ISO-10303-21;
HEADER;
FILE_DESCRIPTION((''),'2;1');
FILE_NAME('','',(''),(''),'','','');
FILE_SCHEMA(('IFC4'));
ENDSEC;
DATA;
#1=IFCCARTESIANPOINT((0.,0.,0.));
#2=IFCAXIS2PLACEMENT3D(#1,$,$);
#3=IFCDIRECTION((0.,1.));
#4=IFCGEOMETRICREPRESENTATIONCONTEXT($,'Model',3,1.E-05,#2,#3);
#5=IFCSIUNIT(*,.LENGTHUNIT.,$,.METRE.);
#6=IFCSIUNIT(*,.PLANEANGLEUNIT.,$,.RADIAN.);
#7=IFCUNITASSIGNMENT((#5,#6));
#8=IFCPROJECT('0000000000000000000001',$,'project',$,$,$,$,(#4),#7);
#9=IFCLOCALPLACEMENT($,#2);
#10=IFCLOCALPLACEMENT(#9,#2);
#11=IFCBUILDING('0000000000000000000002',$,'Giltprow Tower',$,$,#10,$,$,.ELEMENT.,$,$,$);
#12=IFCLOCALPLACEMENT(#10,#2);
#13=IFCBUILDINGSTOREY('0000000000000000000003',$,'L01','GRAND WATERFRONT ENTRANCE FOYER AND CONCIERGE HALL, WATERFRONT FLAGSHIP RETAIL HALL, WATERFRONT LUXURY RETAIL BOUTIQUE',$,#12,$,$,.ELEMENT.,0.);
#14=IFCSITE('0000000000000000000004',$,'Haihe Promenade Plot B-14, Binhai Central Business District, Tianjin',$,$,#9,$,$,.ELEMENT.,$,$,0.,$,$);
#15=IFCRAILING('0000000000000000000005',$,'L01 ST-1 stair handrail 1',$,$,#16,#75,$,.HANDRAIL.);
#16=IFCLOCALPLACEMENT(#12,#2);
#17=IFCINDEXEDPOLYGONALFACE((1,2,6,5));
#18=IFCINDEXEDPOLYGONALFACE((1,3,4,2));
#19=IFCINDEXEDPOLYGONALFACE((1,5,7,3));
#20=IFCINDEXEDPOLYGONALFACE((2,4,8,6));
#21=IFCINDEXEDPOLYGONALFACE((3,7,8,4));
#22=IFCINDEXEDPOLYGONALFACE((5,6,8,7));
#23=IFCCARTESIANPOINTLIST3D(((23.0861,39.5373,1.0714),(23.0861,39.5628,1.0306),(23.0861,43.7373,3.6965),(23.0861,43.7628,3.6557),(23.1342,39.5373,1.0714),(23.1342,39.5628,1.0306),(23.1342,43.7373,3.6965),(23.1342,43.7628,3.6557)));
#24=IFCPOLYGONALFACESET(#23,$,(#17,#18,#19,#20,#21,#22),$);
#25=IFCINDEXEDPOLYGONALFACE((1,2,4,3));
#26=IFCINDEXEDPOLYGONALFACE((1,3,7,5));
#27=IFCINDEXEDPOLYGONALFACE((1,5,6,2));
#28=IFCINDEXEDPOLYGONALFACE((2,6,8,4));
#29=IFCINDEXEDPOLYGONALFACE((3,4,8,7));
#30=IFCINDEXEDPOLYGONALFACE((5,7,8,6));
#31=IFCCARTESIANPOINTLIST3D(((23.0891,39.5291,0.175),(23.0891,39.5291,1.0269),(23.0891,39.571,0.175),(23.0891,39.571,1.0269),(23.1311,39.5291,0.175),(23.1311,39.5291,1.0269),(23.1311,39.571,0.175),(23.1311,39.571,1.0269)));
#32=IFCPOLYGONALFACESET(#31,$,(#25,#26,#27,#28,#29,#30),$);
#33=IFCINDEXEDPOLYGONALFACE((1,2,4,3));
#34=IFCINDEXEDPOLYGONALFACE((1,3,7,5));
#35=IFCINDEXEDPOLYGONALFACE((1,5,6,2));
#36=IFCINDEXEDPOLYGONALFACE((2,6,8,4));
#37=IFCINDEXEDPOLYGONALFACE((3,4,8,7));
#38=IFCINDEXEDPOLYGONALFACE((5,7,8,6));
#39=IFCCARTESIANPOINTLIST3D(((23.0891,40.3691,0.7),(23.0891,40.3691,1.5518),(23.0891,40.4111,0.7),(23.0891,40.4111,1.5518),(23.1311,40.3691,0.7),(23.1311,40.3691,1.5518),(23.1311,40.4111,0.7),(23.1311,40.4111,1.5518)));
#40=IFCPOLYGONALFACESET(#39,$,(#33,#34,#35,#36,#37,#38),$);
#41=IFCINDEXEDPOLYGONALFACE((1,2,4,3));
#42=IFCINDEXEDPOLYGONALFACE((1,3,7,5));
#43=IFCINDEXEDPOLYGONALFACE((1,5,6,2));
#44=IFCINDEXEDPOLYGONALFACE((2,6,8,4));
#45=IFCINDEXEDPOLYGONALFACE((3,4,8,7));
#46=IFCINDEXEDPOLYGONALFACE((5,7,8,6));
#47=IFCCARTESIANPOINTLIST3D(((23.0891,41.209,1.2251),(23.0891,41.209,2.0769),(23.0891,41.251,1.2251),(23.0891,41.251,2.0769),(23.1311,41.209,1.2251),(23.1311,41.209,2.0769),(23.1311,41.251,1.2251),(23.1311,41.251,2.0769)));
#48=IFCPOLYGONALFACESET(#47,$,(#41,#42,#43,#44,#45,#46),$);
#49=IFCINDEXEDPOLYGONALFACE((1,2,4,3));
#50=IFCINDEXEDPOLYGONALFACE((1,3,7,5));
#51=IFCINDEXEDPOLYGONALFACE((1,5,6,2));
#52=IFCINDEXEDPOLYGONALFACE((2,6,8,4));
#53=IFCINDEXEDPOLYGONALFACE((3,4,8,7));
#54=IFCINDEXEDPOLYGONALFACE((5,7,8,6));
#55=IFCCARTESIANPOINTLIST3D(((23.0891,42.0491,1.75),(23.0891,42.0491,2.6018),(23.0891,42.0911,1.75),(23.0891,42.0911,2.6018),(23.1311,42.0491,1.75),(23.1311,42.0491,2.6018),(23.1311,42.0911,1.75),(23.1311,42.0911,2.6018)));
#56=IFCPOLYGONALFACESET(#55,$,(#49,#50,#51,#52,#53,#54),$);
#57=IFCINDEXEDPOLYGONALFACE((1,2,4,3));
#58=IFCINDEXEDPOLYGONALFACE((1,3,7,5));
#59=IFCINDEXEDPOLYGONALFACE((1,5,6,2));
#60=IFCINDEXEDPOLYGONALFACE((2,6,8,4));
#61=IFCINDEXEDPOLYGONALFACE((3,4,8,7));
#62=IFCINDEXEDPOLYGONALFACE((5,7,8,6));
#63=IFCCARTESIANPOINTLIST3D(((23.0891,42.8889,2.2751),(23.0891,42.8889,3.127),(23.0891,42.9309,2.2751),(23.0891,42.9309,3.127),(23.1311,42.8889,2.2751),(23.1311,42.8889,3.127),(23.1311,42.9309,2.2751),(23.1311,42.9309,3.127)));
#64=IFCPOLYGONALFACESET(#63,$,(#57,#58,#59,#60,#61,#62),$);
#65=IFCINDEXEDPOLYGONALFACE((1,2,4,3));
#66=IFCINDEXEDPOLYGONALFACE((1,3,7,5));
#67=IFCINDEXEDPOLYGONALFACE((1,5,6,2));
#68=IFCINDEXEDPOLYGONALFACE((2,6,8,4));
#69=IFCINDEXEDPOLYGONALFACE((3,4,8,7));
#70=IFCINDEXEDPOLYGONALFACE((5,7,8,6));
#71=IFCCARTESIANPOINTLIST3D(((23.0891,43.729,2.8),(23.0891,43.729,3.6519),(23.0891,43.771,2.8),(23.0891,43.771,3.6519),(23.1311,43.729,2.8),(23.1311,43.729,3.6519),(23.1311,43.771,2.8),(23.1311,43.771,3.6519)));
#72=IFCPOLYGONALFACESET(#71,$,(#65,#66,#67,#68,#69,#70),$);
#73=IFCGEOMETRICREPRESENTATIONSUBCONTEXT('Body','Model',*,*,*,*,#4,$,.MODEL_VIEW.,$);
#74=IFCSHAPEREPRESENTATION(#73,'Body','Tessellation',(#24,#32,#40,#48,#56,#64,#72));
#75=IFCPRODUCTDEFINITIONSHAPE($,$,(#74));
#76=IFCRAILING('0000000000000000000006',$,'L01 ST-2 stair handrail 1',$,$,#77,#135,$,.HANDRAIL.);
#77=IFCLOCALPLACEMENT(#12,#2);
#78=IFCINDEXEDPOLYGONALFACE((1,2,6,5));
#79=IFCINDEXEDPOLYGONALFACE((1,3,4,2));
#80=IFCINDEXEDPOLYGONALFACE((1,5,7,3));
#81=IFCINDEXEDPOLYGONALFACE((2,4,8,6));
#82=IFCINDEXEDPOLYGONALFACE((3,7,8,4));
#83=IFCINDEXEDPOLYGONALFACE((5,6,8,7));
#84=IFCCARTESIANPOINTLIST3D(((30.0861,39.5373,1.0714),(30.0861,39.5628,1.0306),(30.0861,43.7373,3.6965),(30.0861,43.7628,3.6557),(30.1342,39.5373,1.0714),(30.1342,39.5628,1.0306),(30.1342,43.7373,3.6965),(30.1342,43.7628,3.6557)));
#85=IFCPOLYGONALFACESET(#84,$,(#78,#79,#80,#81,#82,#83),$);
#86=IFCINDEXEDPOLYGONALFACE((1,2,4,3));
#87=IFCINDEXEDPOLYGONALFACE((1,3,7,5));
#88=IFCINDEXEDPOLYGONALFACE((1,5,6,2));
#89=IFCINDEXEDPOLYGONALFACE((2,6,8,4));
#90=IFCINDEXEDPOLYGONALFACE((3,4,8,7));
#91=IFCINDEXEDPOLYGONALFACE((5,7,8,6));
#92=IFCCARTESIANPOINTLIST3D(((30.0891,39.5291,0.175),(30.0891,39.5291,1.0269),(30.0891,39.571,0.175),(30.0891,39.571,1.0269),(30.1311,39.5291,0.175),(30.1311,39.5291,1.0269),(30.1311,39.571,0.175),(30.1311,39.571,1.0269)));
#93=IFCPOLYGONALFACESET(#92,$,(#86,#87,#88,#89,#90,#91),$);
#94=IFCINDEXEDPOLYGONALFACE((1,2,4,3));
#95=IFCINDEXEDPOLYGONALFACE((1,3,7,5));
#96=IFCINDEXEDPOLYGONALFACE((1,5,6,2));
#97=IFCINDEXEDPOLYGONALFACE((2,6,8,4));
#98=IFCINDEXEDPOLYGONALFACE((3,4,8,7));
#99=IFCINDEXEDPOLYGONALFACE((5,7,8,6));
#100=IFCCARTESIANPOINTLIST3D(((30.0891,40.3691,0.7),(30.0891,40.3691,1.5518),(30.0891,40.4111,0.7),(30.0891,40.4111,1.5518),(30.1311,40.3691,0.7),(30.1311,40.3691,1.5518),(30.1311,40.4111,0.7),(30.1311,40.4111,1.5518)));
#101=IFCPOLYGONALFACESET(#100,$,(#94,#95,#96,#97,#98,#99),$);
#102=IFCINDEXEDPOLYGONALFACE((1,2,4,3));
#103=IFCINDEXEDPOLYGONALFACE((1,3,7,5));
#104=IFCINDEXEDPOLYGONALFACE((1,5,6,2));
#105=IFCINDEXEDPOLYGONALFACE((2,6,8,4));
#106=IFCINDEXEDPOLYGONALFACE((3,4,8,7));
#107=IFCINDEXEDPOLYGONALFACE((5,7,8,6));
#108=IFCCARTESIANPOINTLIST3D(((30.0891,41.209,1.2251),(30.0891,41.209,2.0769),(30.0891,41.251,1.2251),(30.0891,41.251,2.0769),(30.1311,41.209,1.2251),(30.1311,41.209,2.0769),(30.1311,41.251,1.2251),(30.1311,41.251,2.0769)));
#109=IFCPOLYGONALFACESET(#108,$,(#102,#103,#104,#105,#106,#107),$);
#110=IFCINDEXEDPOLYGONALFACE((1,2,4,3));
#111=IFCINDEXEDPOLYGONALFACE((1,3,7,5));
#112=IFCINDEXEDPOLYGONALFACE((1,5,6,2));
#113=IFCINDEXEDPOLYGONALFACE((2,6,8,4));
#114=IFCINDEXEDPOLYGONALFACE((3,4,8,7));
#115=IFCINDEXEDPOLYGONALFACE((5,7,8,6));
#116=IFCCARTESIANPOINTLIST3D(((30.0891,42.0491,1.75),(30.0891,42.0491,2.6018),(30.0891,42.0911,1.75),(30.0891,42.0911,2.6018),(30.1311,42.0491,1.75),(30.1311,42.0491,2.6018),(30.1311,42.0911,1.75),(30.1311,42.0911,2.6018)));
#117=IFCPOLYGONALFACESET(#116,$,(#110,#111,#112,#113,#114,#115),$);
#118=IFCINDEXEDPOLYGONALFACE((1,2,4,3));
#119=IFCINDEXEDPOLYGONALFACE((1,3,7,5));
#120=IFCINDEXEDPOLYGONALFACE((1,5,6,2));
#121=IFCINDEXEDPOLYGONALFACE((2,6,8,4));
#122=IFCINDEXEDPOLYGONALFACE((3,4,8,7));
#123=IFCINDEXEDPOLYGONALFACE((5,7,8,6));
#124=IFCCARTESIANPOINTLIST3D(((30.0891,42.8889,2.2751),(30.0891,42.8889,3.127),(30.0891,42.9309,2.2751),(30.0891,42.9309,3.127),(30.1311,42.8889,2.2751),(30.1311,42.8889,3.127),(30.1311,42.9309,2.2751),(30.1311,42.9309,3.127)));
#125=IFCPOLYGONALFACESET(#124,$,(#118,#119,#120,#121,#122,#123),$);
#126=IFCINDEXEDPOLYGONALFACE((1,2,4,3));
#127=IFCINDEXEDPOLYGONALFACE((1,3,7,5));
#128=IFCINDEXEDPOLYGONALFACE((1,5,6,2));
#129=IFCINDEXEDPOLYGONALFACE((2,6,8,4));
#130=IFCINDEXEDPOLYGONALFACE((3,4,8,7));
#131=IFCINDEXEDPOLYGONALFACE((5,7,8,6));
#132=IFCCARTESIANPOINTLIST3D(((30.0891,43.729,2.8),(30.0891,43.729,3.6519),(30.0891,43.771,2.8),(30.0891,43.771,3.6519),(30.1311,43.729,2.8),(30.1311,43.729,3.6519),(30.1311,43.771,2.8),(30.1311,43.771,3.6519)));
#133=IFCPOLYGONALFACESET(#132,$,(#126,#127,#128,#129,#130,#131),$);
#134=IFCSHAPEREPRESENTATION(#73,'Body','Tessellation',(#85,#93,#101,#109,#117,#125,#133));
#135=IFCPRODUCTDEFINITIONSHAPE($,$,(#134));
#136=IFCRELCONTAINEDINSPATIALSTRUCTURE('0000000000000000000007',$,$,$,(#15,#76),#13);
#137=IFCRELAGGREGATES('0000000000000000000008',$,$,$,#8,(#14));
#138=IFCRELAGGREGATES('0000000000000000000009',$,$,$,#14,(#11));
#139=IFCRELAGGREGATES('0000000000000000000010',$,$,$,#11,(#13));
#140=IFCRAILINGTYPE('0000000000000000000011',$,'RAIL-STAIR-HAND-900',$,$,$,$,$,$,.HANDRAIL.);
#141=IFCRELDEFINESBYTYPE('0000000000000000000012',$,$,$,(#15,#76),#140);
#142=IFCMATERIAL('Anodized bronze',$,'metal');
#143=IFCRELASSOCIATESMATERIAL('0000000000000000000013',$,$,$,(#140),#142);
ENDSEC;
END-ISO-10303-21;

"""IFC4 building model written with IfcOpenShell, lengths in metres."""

from ifc_helpers import new_model, si_unit, direction, frame, origin, origin_2d, place, context, subcontext, project, spatial, rectangle, extrude, material, type_object, element, save


model = new_model("IFC4")

# Units and contexts
model_context = context("Model", 3, precision=1e-05, world=origin(), true_north=direction((0.0, 1.0)))
body_context = subcontext(model_context, "Body", "Model", "MODEL_VIEW")
ifc_project = project(units=[si_unit("LENGTHUNIT", "METRE"), si_unit("PLANEANGLEUNIT", "RADIAN")], contexts=[model_context])

# Site, building, storey
site_placement = place(None, origin())
site = spatial("IfcSite", under=ifc_project, at=site_placement, Name="Haihe Promenade Plot B-14, Binhai Central Business District, Tianjin", CompositionType="ELEMENT", RefElevation=0.0)
building_placement = place(site_placement, origin())
building = spatial("IfcBuilding", under=site, at=building_placement, Name="Giltprow Tower", CompositionType="ELEMENT")
storey_placement = place(building_placement, origin())
storey = spatial("IfcBuildingStorey", under=building, at=storey_placement, Name="L01", Description="GRAND WATERFRONT ENTRANCE FOYER AND CONCIERGE HALL, WATERFRONT FLAGSHIP RETAIL HALL, WATERFRONT LUXURY RETAIL BOUTIQUE", CompositionType="ELEMENT", Elevation=0.0)

# Railings
ifc_material_1 = material(Name="Anodized bronze", Category="metal")
railing_type_1 = type_object("IfcRailingType", Name="RAIL-STAIR-HAND-900", PredefinedType="HANDRAIL", material=ifc_material_1)
for number, where, name in (
    (1, (23.1101, 39.55, 0.175), "L01 ST-1 stair handrail 1"),
    (2, (30.1101, 39.55, 0.175), "L01 ST-2 stair handrail 1"),
):
    element("IfcRailing", number, at=place(storey_placement, frame(where)), inside=storey, type_object=railing_type_1, Name=name, PredefinedType="HANDRAIL", context=body_context, shape_type="SweptSolid", body=[
        extrude(rectangle(XDim=0.0481, YDim=0.0481, at=origin_2d()), frame((0.0, 0.0, 0.876), z_axis=(0.0, 0.847996, 0.530003), x_axis=(-1.0, 0.0, 0.0)), (0.0, 0.0, 1.0), 4.9529),
        extrude(rectangle(XDim=0.042, YDim=0.042, at=origin_2d()), origin(), (0.0, 0.0, 1.0), 0.8518),
        extrude(rectangle(XDim=0.042, YDim=0.042, at=origin_2d()), frame((0.0, 0.8401, 0.5249)), (0.0, 0.0, 1.0), 0.8518),
        extrude(rectangle(XDim=0.042, YDim=0.042, at=origin_2d()), frame((0.0, 1.6799, 1.05)), (0.0, 0.0, 1.0), 0.8518),
        extrude(rectangle(XDim=0.042, YDim=0.042, at=origin_2d()), frame((0.0, 2.52, 1.575)), (0.0, 0.0, 1.0), 0.8518),
        extrude(rectangle(XDim=0.042, YDim=0.042, at=origin_2d()), frame((0.0, 3.3599, 2.1001)), (0.0, 0.0, 1.0), 0.8518),
        extrude(rectangle(XDim=0.042, YDim=0.042, at=origin_2d()), frame((0.0, 4.2, 2.625)), (0.0, 0.0, 1.0), 0.8518),
    ])

save(model, "model.ifc")
